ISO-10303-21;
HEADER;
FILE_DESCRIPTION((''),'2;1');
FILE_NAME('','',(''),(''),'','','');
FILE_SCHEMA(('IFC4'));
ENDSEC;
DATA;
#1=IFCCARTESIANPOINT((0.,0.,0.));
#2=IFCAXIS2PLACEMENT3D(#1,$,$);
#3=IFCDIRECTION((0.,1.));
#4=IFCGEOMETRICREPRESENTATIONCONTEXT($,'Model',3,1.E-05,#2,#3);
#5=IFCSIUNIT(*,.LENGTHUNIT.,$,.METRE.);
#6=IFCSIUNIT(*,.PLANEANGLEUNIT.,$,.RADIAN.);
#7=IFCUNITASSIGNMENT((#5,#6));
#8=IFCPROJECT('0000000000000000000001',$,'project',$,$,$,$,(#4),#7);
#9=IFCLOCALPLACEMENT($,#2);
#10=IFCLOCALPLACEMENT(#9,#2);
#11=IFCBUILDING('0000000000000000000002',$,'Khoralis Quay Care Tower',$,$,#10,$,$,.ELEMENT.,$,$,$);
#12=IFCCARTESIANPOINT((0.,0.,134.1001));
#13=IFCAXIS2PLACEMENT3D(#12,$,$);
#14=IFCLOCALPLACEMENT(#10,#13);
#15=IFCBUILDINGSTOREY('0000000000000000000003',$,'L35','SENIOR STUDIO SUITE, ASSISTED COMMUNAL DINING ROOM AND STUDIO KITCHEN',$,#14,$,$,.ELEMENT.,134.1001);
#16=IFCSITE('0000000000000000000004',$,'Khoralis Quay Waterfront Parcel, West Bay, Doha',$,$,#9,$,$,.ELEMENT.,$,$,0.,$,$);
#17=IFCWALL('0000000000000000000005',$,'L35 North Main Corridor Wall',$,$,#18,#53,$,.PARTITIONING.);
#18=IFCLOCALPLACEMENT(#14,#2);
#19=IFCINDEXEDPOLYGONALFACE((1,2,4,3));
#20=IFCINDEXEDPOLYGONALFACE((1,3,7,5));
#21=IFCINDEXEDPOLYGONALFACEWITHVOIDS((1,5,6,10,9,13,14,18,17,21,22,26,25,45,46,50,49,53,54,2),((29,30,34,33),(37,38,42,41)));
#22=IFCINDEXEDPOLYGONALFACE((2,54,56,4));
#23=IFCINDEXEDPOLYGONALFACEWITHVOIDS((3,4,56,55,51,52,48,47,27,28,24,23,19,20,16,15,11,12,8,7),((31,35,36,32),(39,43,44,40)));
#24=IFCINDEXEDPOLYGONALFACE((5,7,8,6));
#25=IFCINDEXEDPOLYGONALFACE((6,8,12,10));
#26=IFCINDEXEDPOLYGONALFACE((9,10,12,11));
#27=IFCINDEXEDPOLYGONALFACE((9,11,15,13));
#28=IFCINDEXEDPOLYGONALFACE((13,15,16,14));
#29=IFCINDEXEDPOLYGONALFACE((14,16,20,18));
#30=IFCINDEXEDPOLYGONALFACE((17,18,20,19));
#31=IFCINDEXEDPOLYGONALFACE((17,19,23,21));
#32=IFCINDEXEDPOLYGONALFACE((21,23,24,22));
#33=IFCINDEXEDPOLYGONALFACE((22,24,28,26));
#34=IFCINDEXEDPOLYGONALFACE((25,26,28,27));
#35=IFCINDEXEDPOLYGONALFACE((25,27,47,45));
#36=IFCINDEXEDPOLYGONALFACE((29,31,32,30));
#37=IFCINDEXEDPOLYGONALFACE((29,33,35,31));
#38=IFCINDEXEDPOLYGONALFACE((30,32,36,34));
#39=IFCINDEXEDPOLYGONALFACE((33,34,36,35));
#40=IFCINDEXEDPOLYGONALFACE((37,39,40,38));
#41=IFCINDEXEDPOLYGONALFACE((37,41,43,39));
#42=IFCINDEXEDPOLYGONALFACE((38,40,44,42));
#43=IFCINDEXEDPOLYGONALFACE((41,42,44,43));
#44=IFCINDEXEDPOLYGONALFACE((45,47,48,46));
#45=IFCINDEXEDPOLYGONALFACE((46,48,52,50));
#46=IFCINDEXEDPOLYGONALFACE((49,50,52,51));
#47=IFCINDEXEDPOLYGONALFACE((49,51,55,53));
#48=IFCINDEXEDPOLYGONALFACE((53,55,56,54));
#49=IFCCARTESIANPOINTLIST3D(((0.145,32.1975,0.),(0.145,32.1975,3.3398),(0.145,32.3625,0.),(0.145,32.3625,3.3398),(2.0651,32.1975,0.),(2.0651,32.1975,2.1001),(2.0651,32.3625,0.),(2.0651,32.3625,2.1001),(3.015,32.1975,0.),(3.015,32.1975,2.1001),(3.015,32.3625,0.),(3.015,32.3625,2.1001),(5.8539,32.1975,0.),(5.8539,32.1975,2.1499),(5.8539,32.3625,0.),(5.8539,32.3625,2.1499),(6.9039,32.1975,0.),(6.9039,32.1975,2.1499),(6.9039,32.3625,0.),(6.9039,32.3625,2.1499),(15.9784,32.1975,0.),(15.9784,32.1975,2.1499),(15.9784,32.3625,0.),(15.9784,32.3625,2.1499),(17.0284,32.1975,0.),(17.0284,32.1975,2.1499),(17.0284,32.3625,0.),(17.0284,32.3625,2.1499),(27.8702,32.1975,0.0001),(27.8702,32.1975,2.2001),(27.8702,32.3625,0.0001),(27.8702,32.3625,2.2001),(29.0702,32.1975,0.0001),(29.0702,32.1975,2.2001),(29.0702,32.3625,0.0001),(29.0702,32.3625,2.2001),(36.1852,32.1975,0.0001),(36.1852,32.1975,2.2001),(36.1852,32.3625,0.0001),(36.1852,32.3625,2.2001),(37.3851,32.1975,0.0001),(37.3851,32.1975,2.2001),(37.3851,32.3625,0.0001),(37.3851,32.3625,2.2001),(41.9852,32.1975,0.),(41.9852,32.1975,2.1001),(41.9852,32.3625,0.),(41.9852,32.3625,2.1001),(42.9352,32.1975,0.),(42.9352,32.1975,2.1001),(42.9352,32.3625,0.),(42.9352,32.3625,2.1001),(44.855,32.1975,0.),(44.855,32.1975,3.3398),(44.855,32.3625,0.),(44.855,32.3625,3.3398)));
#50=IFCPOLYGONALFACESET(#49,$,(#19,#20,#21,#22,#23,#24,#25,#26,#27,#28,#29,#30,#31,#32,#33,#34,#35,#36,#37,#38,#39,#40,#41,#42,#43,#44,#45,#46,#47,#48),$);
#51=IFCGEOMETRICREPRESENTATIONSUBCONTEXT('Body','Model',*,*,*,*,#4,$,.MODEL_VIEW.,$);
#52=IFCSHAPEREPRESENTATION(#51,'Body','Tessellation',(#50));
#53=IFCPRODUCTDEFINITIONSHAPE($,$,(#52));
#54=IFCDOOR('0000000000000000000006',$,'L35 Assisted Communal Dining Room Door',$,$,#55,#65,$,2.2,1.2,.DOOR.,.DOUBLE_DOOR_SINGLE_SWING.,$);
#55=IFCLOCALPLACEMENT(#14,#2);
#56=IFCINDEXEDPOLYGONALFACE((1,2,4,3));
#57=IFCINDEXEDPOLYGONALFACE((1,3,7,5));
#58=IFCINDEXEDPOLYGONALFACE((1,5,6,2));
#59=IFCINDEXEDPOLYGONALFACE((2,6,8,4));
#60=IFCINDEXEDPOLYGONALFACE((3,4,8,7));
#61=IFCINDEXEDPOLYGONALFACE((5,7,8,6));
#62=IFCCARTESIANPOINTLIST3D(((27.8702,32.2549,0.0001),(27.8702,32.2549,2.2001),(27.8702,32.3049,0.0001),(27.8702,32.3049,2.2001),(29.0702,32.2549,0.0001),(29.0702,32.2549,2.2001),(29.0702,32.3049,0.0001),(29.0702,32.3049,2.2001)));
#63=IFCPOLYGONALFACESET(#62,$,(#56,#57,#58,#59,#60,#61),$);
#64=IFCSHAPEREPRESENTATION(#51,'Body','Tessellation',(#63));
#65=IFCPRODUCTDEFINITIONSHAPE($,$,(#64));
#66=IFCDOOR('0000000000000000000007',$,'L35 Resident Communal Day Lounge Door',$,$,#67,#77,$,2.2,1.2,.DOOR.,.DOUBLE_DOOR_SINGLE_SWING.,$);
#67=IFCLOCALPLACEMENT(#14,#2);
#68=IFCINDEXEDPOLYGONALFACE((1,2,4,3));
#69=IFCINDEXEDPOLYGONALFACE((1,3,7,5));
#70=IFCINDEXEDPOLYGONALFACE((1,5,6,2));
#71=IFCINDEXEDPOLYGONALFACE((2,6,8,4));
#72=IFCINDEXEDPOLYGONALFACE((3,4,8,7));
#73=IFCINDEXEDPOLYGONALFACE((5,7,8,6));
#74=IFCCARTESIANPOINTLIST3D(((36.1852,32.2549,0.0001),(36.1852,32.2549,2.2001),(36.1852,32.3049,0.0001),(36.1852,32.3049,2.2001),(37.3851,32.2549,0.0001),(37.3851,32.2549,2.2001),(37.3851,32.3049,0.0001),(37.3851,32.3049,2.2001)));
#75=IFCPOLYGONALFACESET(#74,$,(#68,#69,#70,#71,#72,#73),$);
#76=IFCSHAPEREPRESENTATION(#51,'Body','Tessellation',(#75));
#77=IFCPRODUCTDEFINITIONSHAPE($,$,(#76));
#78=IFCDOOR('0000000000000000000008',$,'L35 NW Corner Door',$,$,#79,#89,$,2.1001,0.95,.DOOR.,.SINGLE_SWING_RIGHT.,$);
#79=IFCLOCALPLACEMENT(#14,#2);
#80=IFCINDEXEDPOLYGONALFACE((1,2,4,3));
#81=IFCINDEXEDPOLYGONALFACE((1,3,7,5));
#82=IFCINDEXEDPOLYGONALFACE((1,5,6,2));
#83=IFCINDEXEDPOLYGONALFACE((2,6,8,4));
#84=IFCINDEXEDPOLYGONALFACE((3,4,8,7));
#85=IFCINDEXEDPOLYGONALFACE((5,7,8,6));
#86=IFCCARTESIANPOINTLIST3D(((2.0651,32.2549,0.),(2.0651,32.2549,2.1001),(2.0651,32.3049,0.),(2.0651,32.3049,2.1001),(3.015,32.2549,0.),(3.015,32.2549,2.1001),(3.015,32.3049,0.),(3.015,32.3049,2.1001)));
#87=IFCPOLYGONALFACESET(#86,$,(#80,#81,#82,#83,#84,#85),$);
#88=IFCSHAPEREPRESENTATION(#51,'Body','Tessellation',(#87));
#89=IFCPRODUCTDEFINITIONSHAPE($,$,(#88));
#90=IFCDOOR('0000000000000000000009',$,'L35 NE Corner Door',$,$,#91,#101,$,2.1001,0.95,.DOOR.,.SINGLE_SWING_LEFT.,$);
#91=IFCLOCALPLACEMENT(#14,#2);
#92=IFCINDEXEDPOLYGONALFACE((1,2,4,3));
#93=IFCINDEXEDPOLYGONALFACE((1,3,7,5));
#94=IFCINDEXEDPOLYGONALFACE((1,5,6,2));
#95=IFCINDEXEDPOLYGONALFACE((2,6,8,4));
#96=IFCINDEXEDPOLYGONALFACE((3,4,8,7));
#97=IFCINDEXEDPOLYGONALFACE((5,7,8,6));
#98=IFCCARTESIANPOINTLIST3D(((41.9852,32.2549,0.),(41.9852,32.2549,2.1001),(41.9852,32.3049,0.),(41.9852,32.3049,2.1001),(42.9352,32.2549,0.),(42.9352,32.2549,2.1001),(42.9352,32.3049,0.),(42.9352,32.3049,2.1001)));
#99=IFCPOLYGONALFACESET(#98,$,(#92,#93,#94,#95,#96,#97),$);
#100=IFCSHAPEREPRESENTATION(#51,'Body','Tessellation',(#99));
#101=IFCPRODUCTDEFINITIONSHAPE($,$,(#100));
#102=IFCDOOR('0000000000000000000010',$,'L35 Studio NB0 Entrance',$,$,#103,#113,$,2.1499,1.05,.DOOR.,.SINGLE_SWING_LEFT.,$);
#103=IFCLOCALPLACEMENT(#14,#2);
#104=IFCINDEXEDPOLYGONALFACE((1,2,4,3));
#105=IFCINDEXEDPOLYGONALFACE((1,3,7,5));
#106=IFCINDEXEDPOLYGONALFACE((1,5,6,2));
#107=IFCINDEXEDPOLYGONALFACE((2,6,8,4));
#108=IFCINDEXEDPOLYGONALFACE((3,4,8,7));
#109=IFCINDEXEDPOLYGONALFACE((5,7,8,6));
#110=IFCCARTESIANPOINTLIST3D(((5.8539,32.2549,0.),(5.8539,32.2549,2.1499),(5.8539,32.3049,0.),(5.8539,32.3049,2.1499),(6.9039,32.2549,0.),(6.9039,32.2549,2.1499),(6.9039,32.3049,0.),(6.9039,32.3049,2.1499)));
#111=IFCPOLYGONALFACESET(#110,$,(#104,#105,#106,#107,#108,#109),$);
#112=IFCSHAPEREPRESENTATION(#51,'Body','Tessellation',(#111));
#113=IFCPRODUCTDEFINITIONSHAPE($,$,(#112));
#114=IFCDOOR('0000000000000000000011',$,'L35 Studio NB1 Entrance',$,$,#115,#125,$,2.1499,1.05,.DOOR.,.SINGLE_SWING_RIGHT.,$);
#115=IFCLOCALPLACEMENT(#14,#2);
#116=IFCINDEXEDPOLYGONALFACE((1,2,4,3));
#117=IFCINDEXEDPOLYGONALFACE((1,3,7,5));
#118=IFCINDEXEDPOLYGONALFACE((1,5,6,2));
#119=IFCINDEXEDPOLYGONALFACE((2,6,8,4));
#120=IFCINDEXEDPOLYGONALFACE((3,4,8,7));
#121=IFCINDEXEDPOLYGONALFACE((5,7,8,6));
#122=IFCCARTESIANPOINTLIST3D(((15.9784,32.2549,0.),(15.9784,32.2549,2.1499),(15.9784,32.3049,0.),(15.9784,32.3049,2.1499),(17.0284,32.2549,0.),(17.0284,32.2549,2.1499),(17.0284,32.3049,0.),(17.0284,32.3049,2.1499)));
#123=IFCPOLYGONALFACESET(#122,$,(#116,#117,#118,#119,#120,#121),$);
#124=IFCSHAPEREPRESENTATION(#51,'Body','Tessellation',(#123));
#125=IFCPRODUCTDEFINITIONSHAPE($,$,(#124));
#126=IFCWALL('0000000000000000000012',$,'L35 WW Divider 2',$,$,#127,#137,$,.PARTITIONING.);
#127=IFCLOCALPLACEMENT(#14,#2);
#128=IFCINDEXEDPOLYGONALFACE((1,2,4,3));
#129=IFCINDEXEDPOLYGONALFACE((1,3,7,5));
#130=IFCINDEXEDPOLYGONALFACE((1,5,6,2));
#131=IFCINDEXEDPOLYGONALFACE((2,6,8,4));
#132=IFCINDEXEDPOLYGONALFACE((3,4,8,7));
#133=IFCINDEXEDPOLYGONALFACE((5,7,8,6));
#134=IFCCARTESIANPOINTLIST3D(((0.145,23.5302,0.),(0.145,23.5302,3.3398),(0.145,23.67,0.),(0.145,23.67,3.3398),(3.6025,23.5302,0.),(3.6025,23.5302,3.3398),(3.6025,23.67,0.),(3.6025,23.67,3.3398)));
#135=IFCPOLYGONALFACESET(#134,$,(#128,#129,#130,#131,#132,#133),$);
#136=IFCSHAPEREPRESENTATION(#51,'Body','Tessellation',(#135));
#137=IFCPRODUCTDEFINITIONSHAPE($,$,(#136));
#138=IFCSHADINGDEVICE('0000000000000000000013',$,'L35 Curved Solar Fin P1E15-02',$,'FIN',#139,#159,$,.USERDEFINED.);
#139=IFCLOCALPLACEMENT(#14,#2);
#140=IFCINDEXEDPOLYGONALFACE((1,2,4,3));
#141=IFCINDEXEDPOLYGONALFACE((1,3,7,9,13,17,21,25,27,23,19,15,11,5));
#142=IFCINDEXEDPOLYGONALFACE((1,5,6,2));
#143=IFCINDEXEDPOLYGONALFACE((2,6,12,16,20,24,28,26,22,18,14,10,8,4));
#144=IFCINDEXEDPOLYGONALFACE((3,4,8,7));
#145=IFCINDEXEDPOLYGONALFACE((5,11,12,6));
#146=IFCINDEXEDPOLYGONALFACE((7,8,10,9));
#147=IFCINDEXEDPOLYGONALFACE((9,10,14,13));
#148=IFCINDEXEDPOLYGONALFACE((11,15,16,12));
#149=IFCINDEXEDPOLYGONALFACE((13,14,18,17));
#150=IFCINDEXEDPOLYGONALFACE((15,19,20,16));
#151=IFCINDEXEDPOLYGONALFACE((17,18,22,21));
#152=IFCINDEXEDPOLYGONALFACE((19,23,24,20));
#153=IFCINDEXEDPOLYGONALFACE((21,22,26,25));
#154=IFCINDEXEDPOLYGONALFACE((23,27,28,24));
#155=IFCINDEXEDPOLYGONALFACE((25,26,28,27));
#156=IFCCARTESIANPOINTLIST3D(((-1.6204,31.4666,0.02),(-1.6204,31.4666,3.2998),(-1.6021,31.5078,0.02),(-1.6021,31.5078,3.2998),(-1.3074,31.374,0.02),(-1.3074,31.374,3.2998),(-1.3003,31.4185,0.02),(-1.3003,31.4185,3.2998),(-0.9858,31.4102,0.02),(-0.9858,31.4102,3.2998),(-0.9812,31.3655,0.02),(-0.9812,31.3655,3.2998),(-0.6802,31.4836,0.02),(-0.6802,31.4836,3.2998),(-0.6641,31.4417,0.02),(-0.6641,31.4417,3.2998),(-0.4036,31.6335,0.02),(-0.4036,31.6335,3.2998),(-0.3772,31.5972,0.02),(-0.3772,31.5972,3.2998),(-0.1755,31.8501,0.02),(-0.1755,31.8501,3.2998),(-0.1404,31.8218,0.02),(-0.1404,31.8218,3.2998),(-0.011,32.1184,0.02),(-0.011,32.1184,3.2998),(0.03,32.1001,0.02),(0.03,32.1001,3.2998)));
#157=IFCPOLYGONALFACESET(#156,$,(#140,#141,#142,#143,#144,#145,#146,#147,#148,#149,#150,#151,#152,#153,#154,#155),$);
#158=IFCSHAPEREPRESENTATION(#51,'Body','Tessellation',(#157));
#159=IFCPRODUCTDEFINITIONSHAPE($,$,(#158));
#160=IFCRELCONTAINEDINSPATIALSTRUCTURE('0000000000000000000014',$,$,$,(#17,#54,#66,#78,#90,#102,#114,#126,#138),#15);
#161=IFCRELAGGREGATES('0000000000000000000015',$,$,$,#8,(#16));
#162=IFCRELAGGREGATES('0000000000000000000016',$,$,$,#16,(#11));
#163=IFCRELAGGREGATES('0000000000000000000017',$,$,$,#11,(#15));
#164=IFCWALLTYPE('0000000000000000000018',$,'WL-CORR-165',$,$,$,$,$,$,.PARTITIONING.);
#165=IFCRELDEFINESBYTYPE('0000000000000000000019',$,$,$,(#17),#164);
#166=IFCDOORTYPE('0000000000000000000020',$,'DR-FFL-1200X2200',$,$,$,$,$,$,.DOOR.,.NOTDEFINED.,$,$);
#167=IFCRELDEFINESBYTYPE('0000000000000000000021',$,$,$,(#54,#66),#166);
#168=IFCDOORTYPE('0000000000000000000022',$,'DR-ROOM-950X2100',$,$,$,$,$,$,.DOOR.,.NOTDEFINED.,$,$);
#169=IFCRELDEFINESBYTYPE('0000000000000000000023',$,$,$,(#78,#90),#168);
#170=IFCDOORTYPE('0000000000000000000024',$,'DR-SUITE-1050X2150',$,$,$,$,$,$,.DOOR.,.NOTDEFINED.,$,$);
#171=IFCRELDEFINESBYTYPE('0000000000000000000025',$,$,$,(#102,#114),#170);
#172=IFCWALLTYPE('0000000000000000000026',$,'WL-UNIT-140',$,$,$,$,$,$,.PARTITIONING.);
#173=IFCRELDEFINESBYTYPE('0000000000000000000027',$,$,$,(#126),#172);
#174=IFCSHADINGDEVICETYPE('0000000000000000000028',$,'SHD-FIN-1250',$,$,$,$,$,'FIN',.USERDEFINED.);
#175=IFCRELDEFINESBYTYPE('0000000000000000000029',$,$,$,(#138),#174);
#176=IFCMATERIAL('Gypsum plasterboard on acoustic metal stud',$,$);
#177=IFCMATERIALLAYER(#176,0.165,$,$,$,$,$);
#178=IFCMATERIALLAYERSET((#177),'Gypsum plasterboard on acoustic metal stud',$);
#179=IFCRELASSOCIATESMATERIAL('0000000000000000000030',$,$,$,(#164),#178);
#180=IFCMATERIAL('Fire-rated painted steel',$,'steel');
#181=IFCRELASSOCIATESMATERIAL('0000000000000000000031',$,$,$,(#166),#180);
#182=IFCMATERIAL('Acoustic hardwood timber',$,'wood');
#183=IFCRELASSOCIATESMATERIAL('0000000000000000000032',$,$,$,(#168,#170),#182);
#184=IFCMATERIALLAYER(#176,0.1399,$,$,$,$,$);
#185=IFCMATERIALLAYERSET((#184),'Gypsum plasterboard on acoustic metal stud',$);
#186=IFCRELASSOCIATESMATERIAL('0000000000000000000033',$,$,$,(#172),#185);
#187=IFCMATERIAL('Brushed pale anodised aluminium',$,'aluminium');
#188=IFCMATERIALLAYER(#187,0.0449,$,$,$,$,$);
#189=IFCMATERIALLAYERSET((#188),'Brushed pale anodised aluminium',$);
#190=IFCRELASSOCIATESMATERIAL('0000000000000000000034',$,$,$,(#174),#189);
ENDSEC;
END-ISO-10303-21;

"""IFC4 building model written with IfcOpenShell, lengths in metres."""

from ifc_helpers import new_model, si_unit, direction, frame, frame_2d, origin, place, context, subcontext, project, spatial, polyline, rectangle, outline, extrude, source, transform, mapped, material, layer, layer_set, type_object, element, fill, save


model = new_model("IFC4")

# Units and contexts
model_context = context("Model", 3, precision=1e-05, world=origin(), true_north=direction((0.0, 1.0)))
body_context = subcontext(model_context, "Body", "Model", "MODEL_VIEW")
ifc_project = project(units=[si_unit("LENGTHUNIT", "METRE"), si_unit("PLANEANGLEUNIT", "RADIAN")], contexts=[model_context])

# Site, building, storey
site_placement = place(None, origin())
site = spatial("IfcSite", under=ifc_project, at=site_placement, Name="Khoralis Quay Waterfront Parcel, West Bay, Doha", CompositionType="ELEMENT", RefElevation=0.0)
building_placement = place(site_placement, origin())
building = spatial("IfcBuilding", under=site, at=building_placement, Name="Khoralis Quay Care Tower", CompositionType="ELEMENT")
storey_placement = place(building_placement, frame((0.0, 0.0, 134.1001)))
storey = spatial("IfcBuildingStorey", under=building, at=storey_placement, Name="L35", Description="SENIOR STUDIO SUITE, ASSISTED COMMUNAL DINING ROOM AND STUDIO KITCHEN", CompositionType="ELEMENT", Elevation=134.1001)

# Wall, openings, doors
ifc_material_1 = material(Name="Gypsum plasterboard on acoustic metal stud")
ifc_layer_1 = layer(ifc_material_1, 0.165)
ifc_layer_set_1 = layer_set([ifc_layer_1], Name="Gypsum plasterboard on acoustic metal stud")
wall_type_1 = type_object("IfcWallType", Name="WL-CORR-165", PredefinedType="PARTITIONING", material=ifc_layer_set_1)
wall_1_placement = place(storey_placement, frame((0.145, 32.28, 0.0), z_axis=(0.0, 0.0, 1.0), x_axis=(1.0, 0.0, 0.0)))
wall_1 = element("IfcWall", 1, at=wall_1_placement, inside=storey, type_object=wall_type_1, Name="L35 North Main Corridor Wall", PredefinedType="PARTITIONING", context=body_context, shape_type="SweptSolid", body=[
    extrude(rectangle(XDim=44.71, YDim=0.165, at=frame_2d((22.355, 0.0))), origin(), (0.0, 0.0, 1.0), 3.3398),
])
opening_1_placement = place(wall_1_placement, frame((5.709, 0.0, 0.0)))
opening_1 = element("IfcOpeningElement", 2, at=opening_1_placement, cuts=wall_1, PredefinedType="OPENING", context=body_context, shape_type="SweptSolid", body=[
    extrude(rectangle(XDim=1.05, YDim=2.1499, at=frame_2d((0.5249, 1.075))), frame((0.0, 0.0925, 0.0), z_axis=(0.0, -1.0, 0.0), x_axis=(1.0, 0.0, 0.0)), (0.0, 0.0, 1.0), 0.1851),
])
opening_2_placement = place(wall_1_placement, frame((15.8335, 0.0, 0.0)))
opening_2 = element("IfcOpeningElement", 3, at=opening_2_placement, cuts=wall_1, PredefinedType="OPENING", context=body_context, shape_type="SweptSolid", body=[
    extrude(rectangle(XDim=1.05, YDim=2.1499, at=frame_2d((0.5249, 1.075))), frame((0.0, 0.0925, 0.0), z_axis=(0.0, -1.0, 0.0), x_axis=(1.0, 0.0, 0.0)), (0.0, 0.0, 1.0), 0.1851),
])
opening_3_placement = place(wall_1_placement, frame((27.7251, 0.0, 0.0)))
opening_3 = element("IfcOpeningElement", 4, at=opening_3_placement, cuts=wall_1, PredefinedType="OPENING", context=body_context, shape_type="SweptSolid", body=[
    extrude(rectangle(XDim=1.2, YDim=2.2, at=frame_2d((0.6001, 1.1001))), frame((0.0, 0.0925, 0.0), z_axis=(0.0, -1.0, 0.0), x_axis=(1.0, 0.0, 0.0)), (0.0, 0.0, 1.0), 0.1851),
])
opening_4_placement = place(wall_1_placement, frame((36.04, 0.0, 0.0)))
opening_4 = element("IfcOpeningElement", 5, at=opening_4_placement, cuts=wall_1, PredefinedType="OPENING", context=body_context, shape_type="SweptSolid", body=[
    extrude(rectangle(XDim=1.2, YDim=2.2, at=frame_2d((0.6001, 1.1001))), frame((0.0, 0.0925, 0.0), z_axis=(0.0, -1.0, 0.0), x_axis=(1.0, 0.0, 0.0)), (0.0, 0.0, 1.0), 0.1851),
])
opening_5_placement = place(wall_1_placement, frame((1.9199, 0.0, 0.0)))
opening_5 = element("IfcOpeningElement", 6, at=opening_5_placement, cuts=wall_1, PredefinedType="OPENING", context=body_context, shape_type="SweptSolid", body=[
    extrude(rectangle(XDim=0.95, YDim=2.1001, at=frame_2d((0.4751, 1.05))), frame((0.0, 0.0925, 0.0), z_axis=(0.0, -1.0, 0.0), x_axis=(1.0, 0.0, 0.0)), (0.0, 0.0, 1.0), 0.1851),
])
opening_6_placement = place(wall_1_placement, frame((41.8401, 0.0, 0.0)))
opening_6 = element("IfcOpeningElement", 7, at=opening_6_placement, cuts=wall_1, PredefinedType="OPENING", context=body_context, shape_type="SweptSolid", body=[
    extrude(rectangle(XDim=0.95, YDim=2.1001, at=frame_2d((0.4751, 1.05))), frame((0.0, 0.0925, 0.0), z_axis=(0.0, -1.0, 0.0), x_axis=(1.0, 0.0, 0.0)), (0.0, 0.0, 1.0), 0.1851),
])
ifc_material_2 = material(Name="Fire-rated painted steel", Category="steel")
door_type_1 = type_object("IfcDoorType", Name="DR-FFL-1200X2200", OperationType="NOTDEFINED", PredefinedType="DOOR", material=ifc_material_2)
shared_shape_1 = source(origin(), body_context, "Body", "SweptSolid", [
    extrude(rectangle(XDim=1.2, YDim=2.2, at=frame_2d((0.6001, 1.1001))), frame((0.0, 0.0249, 0.0), z_axis=(0.0, -1.0, 0.0), x_axis=(1.0, 0.0, 0.0)), (0.0, 0.0, 1.0), 0.05),
])
door_1_placement = place(opening_3_placement, origin())
door_1 = element("IfcDoor", 8, at=door_1_placement, inside=storey, type_object=door_type_1, Name="L35 Assisted Communal Dining Room Door", OperationType="DOUBLE_DOOR_SINGLE_SWING", OverallHeight=2.2, OverallWidth=1.2, PredefinedType="DOOR", context=body_context, shape_type="MappedRepresentation", body=[
    mapped(shared_shape_1, transform((0.0, 0.0, 0.0), scale=1.0)),
])
fill(opening_3, door_1)
door_2_placement = place(opening_4_placement, origin())
door_2 = element("IfcDoor", 9, at=door_2_placement, inside=storey, type_object=door_type_1, Name="L35 Resident Communal Day Lounge Door", OperationType="DOUBLE_DOOR_SINGLE_SWING", OverallHeight=2.2, OverallWidth=1.2, PredefinedType="DOOR", context=body_context, shape_type="MappedRepresentation", body=[
    mapped(shared_shape_1, transform((0.0, 0.0, 0.0), scale=1.0)),
])
fill(opening_4, door_2)
ifc_material_3 = material(Name="Acoustic hardwood timber", Category="wood")
door_type_2 = type_object("IfcDoorType", Name="DR-ROOM-950X2100", OperationType="NOTDEFINED", PredefinedType="DOOR", material=ifc_material_3)
shared_shape_2 = source(origin(), body_context, "Body", "SweptSolid", [
    extrude(rectangle(XDim=0.95, YDim=2.1001, at=frame_2d((0.4751, 1.05))), frame((0.0, 0.0249, 0.0), z_axis=(0.0, -1.0, 0.0), x_axis=(1.0, 0.0, 0.0)), (0.0, 0.0, 1.0), 0.05),
])
door_3_placement = place(opening_5_placement, origin())
door_3 = element("IfcDoor", 10, at=door_3_placement, inside=storey, type_object=door_type_2, Name="L35 NW Corner Door", OperationType="SINGLE_SWING_RIGHT", OverallHeight=2.1001, OverallWidth=0.95, PredefinedType="DOOR", context=body_context, shape_type="MappedRepresentation", body=[
    mapped(shared_shape_2, transform((0.0, 0.0, 0.0), scale=1.0)),
])
fill(opening_5, door_3)
door_4_placement = place(opening_6_placement, origin())
door_4 = element("IfcDoor", 11, at=door_4_placement, inside=storey, type_object=door_type_2, Name="L35 NE Corner Door", OperationType="SINGLE_SWING_LEFT", OverallHeight=2.1001, OverallWidth=0.95, PredefinedType="DOOR", context=body_context, shape_type="MappedRepresentation", body=[
    mapped(shared_shape_2, transform((0.0, 0.0, 0.0), scale=1.0)),
])
fill(opening_6, door_4)
door_type_3 = type_object("IfcDoorType", Name="DR-SUITE-1050X2150", OperationType="NOTDEFINED", PredefinedType="DOOR", material=ifc_material_3)
shared_shape_3 = source(origin(), body_context, "Body", "SweptSolid", [
    extrude(rectangle(XDim=1.05, YDim=2.1499, at=frame_2d((0.5249, 1.075))), frame((0.0, 0.0249, 0.0), z_axis=(0.0, -1.0, 0.0), x_axis=(1.0, 0.0, 0.0)), (0.0, 0.0, 1.0), 0.05),
])
door_5_placement = place(opening_1_placement, origin())
door_5 = element("IfcDoor", 12, at=door_5_placement, inside=storey, type_object=door_type_3, Name="L35 Studio NB0 Entrance", OperationType="SINGLE_SWING_LEFT", OverallHeight=2.1499, OverallWidth=1.05, PredefinedType="DOOR", context=body_context, shape_type="MappedRepresentation", body=[
    mapped(shared_shape_3, transform((0.0, 0.0, 0.0), scale=1.0)),
])
fill(opening_1, door_5)
door_6_placement = place(opening_2_placement, origin())
door_6 = element("IfcDoor", 13, at=door_6_placement, inside=storey, type_object=door_type_3, Name="L35 Studio NB1 Entrance", OperationType="SINGLE_SWING_RIGHT", OverallHeight=2.1499, OverallWidth=1.05, PredefinedType="DOOR", context=body_context, shape_type="MappedRepresentation", body=[
    mapped(shared_shape_3, transform((0.0, 0.0, 0.0), scale=1.0)),
])
fill(opening_2, door_6)

# Wall
ifc_layer_2 = layer(ifc_material_1, 0.1399)
ifc_layer_set_2 = layer_set([ifc_layer_2], Name="Gypsum plasterboard on acoustic metal stud")
wall_type_2 = type_object("IfcWallType", Name="WL-UNIT-140", PredefinedType="PARTITIONING", material=ifc_layer_set_2)
wall_2_placement = place(storey_placement, frame((0.145, 23.6001, 0.0), z_axis=(0.0, 0.0, 1.0), x_axis=(1.0, 0.0, 0.0)))
element("IfcWall", 14, at=wall_2_placement, inside=storey, type_object=wall_type_2, Name="L35 WW Divider 2", PredefinedType="PARTITIONING", context=body_context, shape_type="SweptSolid", body=[
    extrude(rectangle(XDim=3.4575, YDim=0.1399, at=frame_2d((1.7288, 0.0))), origin(), (0.0, 0.0, 1.0), 3.3398),
])

# Shading device
ifc_material_4 = material(Name="Brushed pale anodised aluminium", Category="aluminium")
ifc_layer_3 = layer(ifc_material_4, 0.0449)
ifc_layer_set_3 = layer_set([ifc_layer_3], Name="Brushed pale anodised aluminium")
shading_device_type = type_object("IfcShadingDeviceType", Name="SHD-FIN-1250", ElementType="FIN", PredefinedType="USERDEFINED", material=ifc_layer_set_3)
shared_shape_4 = source(origin(), body_context, "Body", "SweptSolid", [
    extrude(outline(polyline([(0.0, 0.0), (0.1704, 0.2783), (0.4072, 0.5029), (0.6941, 0.6584), (1.0112, 0.7346), (1.3374, 0.7261), (1.6504, 0.6335), (1.6321, 0.5923), (1.3303, 0.6816), (1.0159, 0.6899), (0.7102, 0.6165), (0.4336, 0.4666), (0.2056, 0.25), (0.041, -0.0183), (0.0, 0.0)])), origin(), (0.0, 0.0, 1.0), 3.2798),
])
shading_device_1_placement = place(storey_placement, frame((0.03, 32.1001, 0.02), z_axis=(0.0, 0.0, 1.0), x_axis=(-1.0, 0.0, 0.0)))
element("IfcShadingDevice", 15, at=shading_device_1_placement, inside=storey, type_object=shading_device_type, Name="L35 Curved Solar Fin P1E15-02", ObjectType="FIN", PredefinedType="USERDEFINED", context=body_context, shape_type="MappedRepresentation", body=[
    mapped(shared_shape_4, transform((0.0, 0.0, 0.0), scale=1.0)),
])

save(model, "model.ifc")
